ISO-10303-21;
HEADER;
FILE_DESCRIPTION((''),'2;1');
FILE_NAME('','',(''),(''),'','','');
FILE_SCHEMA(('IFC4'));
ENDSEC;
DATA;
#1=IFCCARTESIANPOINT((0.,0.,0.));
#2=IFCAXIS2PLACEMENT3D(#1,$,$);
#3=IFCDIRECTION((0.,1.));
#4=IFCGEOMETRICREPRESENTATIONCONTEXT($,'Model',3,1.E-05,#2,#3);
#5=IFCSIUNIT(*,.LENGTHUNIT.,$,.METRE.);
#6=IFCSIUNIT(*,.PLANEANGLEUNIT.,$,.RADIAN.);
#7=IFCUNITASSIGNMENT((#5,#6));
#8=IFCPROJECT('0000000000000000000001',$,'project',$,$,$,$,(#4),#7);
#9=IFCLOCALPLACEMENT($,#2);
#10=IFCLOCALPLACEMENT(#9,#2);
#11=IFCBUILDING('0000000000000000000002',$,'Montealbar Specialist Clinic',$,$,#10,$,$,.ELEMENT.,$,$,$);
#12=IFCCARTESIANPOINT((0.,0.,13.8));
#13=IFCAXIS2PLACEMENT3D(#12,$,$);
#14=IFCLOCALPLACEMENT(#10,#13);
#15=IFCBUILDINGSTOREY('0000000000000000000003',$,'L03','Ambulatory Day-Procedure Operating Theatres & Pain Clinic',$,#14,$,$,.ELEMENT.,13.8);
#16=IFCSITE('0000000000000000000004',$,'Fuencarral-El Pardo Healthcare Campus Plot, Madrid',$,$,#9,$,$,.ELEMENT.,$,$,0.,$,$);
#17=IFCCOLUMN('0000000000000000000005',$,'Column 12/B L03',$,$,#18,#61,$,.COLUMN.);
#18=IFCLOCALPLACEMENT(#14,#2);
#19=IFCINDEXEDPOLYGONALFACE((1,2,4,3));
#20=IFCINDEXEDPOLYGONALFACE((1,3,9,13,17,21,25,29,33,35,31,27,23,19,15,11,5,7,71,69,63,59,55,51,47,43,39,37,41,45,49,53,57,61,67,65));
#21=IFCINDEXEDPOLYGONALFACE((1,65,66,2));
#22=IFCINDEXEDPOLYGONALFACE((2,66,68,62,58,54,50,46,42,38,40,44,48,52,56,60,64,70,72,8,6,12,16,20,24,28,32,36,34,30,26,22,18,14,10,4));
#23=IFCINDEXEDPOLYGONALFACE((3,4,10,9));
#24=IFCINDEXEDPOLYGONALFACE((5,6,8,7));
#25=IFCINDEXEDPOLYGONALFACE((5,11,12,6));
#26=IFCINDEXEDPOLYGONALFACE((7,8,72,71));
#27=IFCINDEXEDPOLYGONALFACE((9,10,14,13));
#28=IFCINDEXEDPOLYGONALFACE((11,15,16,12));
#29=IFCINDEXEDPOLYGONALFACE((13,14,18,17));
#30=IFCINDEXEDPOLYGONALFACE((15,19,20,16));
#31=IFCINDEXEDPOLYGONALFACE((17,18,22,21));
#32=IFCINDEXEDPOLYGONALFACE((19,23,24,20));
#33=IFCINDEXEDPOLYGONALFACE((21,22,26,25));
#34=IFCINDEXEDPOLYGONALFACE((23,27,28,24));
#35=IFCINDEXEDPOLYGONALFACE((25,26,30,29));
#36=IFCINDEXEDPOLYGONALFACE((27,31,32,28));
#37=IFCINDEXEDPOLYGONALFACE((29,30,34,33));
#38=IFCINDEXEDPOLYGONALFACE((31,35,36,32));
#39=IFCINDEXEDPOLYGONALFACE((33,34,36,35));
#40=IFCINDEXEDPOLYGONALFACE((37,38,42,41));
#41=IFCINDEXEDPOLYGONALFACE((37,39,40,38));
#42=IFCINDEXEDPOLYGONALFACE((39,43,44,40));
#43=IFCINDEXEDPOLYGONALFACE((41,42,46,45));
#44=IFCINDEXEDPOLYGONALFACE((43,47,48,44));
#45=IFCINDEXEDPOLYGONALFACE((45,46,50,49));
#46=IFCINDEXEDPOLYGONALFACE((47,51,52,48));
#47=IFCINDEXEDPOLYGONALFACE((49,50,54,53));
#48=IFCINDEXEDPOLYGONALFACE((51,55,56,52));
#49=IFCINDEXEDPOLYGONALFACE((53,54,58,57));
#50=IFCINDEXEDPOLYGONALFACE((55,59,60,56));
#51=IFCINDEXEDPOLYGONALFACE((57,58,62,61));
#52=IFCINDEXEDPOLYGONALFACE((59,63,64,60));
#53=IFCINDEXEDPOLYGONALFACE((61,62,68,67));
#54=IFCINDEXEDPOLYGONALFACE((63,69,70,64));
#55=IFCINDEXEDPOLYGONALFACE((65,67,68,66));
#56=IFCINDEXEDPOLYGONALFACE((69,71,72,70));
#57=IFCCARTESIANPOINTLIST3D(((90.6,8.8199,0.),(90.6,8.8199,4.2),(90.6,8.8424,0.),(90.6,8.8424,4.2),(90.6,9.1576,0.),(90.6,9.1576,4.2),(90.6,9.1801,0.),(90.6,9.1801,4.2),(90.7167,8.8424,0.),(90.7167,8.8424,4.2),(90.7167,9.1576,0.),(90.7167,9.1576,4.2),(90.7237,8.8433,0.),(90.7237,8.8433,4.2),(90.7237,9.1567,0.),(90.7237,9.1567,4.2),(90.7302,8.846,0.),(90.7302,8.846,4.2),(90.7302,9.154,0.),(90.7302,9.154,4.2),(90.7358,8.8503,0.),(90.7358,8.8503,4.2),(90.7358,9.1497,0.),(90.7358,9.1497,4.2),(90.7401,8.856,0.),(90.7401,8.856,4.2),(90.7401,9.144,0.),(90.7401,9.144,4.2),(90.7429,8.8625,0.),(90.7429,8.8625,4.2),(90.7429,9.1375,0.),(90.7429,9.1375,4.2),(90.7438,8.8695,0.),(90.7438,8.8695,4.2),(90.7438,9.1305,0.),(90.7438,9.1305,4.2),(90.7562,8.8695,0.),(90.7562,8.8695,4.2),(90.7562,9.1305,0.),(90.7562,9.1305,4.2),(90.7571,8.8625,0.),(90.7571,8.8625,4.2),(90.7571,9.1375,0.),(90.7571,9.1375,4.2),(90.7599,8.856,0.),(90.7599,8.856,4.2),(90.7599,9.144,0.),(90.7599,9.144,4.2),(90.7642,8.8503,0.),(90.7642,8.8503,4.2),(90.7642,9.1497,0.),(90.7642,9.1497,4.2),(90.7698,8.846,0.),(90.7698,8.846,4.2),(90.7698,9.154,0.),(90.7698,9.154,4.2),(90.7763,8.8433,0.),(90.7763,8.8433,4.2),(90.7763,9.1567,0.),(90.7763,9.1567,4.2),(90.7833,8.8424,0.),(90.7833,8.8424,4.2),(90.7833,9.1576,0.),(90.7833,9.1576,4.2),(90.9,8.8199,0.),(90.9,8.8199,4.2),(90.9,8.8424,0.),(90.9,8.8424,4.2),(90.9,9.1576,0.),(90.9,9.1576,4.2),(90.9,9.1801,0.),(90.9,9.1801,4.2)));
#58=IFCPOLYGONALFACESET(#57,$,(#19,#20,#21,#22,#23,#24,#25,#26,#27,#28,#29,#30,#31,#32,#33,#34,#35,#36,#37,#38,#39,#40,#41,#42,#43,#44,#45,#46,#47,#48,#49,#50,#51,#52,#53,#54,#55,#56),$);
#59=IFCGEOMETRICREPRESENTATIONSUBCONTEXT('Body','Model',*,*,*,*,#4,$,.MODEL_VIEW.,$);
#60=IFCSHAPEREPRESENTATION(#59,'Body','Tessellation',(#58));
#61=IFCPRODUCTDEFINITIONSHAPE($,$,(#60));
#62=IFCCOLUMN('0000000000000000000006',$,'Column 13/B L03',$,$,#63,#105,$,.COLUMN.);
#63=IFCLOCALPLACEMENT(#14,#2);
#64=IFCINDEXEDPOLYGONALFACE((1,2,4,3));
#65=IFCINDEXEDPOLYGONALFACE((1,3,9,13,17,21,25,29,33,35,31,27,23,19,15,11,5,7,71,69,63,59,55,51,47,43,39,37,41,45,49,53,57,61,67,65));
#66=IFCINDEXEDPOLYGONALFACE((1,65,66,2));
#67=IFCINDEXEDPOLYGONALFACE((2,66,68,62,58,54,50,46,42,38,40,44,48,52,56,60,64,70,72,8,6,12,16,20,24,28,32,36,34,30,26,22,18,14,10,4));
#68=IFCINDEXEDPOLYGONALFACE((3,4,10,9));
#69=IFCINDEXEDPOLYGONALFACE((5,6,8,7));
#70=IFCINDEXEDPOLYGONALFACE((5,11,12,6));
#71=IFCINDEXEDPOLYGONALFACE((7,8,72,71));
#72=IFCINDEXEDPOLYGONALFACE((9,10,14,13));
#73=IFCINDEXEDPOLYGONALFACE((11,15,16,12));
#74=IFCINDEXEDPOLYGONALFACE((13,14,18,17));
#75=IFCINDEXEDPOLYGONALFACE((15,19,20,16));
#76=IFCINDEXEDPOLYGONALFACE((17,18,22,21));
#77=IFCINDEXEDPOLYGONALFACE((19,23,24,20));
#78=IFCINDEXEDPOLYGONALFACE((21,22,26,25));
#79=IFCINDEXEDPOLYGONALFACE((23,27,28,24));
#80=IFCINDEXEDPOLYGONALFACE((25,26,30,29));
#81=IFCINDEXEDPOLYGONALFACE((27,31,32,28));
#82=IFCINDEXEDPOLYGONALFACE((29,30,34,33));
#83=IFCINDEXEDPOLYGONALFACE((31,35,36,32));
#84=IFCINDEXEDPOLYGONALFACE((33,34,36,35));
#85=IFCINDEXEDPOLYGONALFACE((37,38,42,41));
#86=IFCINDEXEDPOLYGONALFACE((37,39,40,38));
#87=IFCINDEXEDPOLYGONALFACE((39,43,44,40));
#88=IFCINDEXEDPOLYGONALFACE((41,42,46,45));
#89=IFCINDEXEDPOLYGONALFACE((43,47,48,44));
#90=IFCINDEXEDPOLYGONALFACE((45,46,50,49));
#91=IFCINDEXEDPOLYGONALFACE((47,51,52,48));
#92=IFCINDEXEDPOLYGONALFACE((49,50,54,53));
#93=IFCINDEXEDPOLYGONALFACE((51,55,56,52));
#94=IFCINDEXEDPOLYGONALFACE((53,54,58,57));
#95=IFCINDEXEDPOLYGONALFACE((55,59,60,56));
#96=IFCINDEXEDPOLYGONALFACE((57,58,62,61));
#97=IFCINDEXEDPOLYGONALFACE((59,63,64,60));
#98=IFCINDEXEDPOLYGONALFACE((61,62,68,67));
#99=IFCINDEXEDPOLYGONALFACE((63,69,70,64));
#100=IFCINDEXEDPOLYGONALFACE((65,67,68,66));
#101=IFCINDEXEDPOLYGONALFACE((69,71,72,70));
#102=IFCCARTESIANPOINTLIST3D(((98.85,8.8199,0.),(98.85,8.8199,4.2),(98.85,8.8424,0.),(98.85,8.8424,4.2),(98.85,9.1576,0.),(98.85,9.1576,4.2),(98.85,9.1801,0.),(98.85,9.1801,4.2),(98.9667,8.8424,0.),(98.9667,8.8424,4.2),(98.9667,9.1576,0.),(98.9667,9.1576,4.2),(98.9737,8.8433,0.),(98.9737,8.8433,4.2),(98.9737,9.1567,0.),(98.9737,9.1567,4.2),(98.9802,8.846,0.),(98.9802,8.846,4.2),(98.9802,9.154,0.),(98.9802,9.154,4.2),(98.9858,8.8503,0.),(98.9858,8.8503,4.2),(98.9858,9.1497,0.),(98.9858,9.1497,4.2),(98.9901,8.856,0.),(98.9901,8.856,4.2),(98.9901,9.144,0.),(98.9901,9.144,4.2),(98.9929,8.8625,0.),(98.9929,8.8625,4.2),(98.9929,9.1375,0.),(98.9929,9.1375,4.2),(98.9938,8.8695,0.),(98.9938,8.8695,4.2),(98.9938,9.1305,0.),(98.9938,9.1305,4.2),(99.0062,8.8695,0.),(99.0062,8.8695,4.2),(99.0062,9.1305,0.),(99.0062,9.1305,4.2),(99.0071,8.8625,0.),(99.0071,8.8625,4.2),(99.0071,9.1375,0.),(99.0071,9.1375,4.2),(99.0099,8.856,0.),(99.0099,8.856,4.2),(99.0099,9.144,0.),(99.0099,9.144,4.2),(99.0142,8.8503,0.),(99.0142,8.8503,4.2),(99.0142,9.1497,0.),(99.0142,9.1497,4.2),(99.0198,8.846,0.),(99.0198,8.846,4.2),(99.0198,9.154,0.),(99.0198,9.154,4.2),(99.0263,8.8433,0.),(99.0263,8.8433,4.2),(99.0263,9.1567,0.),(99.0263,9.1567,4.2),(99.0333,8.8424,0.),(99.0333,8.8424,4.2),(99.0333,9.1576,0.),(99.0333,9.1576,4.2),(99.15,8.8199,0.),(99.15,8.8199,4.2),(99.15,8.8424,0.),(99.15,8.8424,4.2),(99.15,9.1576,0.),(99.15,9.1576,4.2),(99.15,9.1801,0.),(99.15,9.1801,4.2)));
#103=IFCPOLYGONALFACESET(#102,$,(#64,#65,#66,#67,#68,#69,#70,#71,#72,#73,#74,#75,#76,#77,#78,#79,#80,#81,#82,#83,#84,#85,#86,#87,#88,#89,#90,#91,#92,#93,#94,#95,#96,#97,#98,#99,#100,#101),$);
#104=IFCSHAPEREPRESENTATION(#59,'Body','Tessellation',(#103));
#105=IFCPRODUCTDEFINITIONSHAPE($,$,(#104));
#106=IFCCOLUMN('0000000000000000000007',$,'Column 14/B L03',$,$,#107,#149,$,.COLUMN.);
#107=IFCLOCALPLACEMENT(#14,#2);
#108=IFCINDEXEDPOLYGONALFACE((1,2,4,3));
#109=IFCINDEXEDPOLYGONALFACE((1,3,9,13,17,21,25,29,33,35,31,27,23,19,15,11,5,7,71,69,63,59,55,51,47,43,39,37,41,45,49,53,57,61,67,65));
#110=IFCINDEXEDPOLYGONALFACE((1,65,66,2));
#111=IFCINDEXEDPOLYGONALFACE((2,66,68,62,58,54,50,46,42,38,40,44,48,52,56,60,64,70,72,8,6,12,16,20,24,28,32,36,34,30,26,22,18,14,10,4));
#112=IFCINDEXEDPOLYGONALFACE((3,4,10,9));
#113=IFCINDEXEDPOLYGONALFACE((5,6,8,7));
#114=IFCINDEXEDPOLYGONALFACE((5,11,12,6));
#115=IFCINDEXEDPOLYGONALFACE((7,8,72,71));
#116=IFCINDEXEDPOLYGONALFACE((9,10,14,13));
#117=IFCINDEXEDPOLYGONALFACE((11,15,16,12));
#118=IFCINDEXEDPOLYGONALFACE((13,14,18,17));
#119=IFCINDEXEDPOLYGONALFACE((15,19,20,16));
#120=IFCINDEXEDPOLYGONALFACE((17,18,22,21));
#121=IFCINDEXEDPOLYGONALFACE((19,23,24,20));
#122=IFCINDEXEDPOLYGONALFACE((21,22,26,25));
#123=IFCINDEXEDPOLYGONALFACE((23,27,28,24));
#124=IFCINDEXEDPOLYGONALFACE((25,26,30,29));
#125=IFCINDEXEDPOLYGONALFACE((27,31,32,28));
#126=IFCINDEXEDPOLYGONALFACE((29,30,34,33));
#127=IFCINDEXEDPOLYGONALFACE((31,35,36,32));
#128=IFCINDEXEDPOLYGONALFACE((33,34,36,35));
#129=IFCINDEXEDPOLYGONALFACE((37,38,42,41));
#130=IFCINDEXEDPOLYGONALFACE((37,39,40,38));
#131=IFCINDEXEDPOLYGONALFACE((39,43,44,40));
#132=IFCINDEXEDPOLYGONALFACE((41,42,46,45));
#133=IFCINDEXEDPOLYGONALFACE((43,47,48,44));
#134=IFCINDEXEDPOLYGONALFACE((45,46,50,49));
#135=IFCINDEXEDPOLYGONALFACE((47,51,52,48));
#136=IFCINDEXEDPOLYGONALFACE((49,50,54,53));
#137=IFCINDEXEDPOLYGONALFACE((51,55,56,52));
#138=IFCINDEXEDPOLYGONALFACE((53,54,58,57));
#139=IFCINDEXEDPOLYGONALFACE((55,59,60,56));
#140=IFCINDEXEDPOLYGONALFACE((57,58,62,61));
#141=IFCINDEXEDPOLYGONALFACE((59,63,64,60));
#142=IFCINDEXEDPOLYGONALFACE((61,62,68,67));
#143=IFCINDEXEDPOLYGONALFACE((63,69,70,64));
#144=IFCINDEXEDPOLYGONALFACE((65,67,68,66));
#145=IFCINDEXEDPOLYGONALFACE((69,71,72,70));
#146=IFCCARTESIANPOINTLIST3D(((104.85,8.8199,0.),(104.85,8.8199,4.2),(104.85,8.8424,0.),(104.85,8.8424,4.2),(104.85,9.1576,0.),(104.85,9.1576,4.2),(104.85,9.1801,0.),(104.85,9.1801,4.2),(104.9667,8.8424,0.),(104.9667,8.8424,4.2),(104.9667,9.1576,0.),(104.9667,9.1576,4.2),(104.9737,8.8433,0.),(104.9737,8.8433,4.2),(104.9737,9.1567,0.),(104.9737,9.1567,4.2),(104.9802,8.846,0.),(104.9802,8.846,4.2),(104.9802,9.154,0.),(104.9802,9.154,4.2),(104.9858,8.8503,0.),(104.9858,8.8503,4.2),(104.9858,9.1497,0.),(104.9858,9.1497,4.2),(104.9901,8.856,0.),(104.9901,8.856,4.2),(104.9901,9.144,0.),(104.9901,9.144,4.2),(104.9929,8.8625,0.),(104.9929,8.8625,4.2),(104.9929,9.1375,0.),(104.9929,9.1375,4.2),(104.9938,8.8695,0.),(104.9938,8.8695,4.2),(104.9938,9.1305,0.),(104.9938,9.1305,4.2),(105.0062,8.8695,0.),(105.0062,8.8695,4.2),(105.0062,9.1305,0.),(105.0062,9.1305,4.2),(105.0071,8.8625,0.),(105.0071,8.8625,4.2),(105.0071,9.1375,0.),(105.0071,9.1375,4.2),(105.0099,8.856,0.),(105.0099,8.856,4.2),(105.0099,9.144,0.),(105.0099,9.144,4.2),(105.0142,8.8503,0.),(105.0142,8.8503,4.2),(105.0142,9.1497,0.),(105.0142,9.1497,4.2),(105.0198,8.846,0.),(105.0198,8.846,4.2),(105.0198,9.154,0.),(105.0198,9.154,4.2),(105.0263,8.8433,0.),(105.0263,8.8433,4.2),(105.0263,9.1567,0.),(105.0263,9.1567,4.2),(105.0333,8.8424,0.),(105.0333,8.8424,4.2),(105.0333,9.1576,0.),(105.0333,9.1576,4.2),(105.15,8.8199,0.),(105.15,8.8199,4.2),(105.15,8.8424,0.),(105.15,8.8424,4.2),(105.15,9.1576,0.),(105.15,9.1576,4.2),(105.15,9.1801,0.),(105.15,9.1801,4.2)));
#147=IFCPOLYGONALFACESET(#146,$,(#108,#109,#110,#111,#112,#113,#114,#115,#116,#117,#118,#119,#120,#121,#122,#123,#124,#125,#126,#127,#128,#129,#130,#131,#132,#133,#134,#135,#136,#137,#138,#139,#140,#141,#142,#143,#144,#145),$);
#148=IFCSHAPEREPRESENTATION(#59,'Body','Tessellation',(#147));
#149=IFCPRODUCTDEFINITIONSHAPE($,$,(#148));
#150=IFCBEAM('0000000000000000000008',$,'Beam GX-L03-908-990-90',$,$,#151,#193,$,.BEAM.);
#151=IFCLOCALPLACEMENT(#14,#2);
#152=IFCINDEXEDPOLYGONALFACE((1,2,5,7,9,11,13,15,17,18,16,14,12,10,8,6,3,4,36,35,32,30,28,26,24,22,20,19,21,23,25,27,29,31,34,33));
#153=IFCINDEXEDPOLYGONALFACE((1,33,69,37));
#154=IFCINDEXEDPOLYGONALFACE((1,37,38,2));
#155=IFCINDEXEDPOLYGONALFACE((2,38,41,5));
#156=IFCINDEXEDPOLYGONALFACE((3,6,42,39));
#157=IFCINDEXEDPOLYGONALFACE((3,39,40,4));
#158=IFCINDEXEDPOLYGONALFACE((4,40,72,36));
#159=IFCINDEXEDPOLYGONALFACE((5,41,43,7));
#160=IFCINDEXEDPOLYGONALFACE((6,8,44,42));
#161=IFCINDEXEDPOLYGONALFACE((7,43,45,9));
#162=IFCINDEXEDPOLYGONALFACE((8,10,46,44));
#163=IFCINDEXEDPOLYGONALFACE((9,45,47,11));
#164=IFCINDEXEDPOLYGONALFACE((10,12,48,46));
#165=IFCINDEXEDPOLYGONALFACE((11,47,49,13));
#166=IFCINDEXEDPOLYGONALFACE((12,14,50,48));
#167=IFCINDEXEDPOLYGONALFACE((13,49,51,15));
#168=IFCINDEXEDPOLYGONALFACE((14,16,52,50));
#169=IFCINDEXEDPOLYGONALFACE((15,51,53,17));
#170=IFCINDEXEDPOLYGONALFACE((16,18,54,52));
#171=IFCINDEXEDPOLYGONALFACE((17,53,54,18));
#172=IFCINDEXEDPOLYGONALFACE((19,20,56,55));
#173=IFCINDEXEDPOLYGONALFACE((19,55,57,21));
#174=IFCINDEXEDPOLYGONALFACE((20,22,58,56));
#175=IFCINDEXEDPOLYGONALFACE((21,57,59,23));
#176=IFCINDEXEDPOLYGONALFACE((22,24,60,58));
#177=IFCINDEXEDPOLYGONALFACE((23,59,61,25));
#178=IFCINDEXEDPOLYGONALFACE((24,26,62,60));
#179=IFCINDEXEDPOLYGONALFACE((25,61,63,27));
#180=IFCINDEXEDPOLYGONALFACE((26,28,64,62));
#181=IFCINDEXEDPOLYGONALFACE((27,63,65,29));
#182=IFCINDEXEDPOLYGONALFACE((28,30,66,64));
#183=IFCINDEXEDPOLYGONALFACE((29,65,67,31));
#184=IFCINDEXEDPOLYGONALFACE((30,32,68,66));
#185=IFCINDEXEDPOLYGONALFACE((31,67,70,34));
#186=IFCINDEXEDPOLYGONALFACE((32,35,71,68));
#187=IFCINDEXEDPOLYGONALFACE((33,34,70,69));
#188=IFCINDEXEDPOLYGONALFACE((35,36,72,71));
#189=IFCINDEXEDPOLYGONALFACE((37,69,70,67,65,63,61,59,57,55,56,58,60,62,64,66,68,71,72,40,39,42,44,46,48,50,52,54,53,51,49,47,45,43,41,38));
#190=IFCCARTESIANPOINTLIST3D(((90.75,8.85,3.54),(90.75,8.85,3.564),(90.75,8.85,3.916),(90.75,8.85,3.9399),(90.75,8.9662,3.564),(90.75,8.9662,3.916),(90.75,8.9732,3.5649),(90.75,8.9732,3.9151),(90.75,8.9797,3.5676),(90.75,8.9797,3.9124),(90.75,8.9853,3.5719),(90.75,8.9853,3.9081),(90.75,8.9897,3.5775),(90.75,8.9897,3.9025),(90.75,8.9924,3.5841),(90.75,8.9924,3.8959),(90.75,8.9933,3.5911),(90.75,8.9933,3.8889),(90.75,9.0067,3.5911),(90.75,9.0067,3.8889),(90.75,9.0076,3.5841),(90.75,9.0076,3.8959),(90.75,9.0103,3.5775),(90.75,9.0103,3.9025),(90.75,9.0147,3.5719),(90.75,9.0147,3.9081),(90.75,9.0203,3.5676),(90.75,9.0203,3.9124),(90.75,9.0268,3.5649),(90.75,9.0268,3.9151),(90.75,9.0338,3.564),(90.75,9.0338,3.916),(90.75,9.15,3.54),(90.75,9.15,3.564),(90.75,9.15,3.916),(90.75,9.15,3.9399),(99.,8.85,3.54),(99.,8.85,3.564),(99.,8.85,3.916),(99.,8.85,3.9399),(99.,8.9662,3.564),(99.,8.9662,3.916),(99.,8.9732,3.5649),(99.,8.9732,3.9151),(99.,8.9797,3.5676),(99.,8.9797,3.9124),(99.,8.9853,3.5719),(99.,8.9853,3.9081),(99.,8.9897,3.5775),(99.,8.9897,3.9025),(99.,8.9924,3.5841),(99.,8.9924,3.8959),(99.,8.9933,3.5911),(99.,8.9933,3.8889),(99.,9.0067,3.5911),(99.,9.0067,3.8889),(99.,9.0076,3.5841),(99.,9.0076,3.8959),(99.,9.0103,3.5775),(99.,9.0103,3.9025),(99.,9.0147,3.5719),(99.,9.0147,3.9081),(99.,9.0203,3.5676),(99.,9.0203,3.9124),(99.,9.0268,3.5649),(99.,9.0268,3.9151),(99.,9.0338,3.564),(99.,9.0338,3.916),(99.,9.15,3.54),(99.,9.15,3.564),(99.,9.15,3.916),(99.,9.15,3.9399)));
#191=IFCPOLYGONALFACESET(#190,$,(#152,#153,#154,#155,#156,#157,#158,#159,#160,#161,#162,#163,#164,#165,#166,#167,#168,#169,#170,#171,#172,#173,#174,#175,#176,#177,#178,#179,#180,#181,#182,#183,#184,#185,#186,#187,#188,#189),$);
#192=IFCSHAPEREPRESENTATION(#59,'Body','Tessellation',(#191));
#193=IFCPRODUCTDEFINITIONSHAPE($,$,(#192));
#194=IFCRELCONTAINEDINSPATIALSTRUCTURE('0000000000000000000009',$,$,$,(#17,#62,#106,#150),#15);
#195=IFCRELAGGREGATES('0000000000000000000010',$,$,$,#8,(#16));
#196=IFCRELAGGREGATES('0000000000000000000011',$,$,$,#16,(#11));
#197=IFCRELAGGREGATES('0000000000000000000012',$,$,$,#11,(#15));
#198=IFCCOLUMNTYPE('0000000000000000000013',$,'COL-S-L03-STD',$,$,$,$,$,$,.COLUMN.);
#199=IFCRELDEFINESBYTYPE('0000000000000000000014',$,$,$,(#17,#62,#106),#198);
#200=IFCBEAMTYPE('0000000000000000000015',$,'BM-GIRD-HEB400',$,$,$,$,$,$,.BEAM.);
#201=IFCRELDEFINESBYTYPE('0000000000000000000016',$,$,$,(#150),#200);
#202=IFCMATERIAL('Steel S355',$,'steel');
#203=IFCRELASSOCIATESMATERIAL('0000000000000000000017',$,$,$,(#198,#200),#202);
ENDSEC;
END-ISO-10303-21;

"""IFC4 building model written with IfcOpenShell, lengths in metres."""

from ifc_helpers import new_model, si_unit, direction, frame, origin, origin_2d, place, context, subcontext, project, spatial, i_section, extrude, material, material_profile, profile_set, type_object, element, save


model = new_model("IFC4")

# Units and contexts
model_context = context("Model", 3, precision=1e-05, world=origin(), true_north=direction((0.0, 1.0)))
body_context = subcontext(model_context, "Body", "Model", "MODEL_VIEW")
ifc_project = project(units=[si_unit("LENGTHUNIT", "METRE"), si_unit("PLANEANGLEUNIT", "RADIAN")], contexts=[model_context])

# Site, building, storey
site_placement = place(None, origin())
site = spatial("IfcSite", under=ifc_project, at=site_placement, Name="Fuencarral-El Pardo Healthcare Campus Plot, Madrid", CompositionType="ELEMENT", RefElevation=0.0)
building_placement = place(site_placement, origin())
building = spatial("IfcBuilding", under=site, at=building_placement, Name="Montealbar Specialist Clinic", CompositionType="ELEMENT")
storey_placement = place(building_placement, frame((0.0, 0.0, 13.8)))
storey = spatial("IfcBuildingStorey", under=building, at=storey_placement, Name="L03", Description="Ambulatory Day-Procedure Operating Theatres & Pain Clinic", CompositionType="ELEMENT", Elevation=13.8)

# Columns
ifc_material_1 = material(Name="Steel S355", Category="steel")
ifc_material_profile_1 = material_profile(ifc_material_1, i_section(OverallWidth=0.3, OverallDepth=0.3601, WebThickness=0.0125, FlangeThickness=0.0225, FilletRadius=0.0271, at=origin_2d()), Name="HEB 360", Category="steel")
ifc_profile_set_1 = profile_set([ifc_material_profile_1], Name="Steel S355")
column_type = type_object("IfcColumnType", Name="COL-S-L03-STD", PredefinedType="COLUMN", material=ifc_profile_set_1)
for number, where, z_axis, x_axis, name in (
    (1, (90.75, 9.0, 0.0), (0.0, 0.0, 1.0), (1.0, 0.0, 0.0), "Column 12/B L03"),
    (2, (99.0, 9.0, 0.0), (0.0, 0.0, 1.0), (1.0, 0.0, 0.0), "Column 13/B L03"),
    (3, (105.0, 9.0, 0.0), (0.0, 0.0, 1.0), (1.0, 0.0, 0.0), "Column 14/B L03"),
):
    element("IfcColumn", number, at=place(storey_placement, frame(where, z_axis=z_axis, x_axis=x_axis)), inside=storey, type_object=column_type, Name=name, PredefinedType="COLUMN", context=body_context, shape_type="SweptSolid", body=[
        extrude(i_section(OverallWidth=0.3, OverallDepth=0.3601, WebThickness=0.0125, FlangeThickness=0.0225, FilletRadius=0.0271, at=origin_2d()), origin(), (0.0, 0.0, 1.0), 4.2),
    ])

# Beam
ifc_material_profile_2 = material_profile(ifc_material_1, i_section(OverallWidth=0.3, OverallDepth=0.3999, WebThickness=0.0134, FlangeThickness=0.0239, FilletRadius=0.0271, at=origin_2d()), Name="HEB 400", Category="steel")
ifc_profile_set_2 = profile_set([ifc_material_profile_2], Name="Steel S355")
beam_type_1 = type_object("IfcBeamType", Name="BM-GIRD-HEB400", PredefinedType="BEAM", material=ifc_profile_set_2)
beam_1_placement = place(storey_placement, frame((90.75, 9.0, 3.74), z_axis=(1.0, 0.0, 0.0), x_axis=(0.0, 1.0, 0.0)))
element("IfcBeam", 4, at=beam_1_placement, inside=storey, type_object=beam_type_1, Name="Beam GX-L03-908-990-90", PredefinedType="BEAM", context=body_context, shape_type="SweptSolid", body=[
    extrude(i_section(OverallWidth=0.3, OverallDepth=0.3999, WebThickness=0.0134, FlangeThickness=0.0239, FilletRadius=0.0271, at=origin_2d()), origin(), (0.0, 0.0, 1.0), 8.25),
])

save(model, "model.ifc")
